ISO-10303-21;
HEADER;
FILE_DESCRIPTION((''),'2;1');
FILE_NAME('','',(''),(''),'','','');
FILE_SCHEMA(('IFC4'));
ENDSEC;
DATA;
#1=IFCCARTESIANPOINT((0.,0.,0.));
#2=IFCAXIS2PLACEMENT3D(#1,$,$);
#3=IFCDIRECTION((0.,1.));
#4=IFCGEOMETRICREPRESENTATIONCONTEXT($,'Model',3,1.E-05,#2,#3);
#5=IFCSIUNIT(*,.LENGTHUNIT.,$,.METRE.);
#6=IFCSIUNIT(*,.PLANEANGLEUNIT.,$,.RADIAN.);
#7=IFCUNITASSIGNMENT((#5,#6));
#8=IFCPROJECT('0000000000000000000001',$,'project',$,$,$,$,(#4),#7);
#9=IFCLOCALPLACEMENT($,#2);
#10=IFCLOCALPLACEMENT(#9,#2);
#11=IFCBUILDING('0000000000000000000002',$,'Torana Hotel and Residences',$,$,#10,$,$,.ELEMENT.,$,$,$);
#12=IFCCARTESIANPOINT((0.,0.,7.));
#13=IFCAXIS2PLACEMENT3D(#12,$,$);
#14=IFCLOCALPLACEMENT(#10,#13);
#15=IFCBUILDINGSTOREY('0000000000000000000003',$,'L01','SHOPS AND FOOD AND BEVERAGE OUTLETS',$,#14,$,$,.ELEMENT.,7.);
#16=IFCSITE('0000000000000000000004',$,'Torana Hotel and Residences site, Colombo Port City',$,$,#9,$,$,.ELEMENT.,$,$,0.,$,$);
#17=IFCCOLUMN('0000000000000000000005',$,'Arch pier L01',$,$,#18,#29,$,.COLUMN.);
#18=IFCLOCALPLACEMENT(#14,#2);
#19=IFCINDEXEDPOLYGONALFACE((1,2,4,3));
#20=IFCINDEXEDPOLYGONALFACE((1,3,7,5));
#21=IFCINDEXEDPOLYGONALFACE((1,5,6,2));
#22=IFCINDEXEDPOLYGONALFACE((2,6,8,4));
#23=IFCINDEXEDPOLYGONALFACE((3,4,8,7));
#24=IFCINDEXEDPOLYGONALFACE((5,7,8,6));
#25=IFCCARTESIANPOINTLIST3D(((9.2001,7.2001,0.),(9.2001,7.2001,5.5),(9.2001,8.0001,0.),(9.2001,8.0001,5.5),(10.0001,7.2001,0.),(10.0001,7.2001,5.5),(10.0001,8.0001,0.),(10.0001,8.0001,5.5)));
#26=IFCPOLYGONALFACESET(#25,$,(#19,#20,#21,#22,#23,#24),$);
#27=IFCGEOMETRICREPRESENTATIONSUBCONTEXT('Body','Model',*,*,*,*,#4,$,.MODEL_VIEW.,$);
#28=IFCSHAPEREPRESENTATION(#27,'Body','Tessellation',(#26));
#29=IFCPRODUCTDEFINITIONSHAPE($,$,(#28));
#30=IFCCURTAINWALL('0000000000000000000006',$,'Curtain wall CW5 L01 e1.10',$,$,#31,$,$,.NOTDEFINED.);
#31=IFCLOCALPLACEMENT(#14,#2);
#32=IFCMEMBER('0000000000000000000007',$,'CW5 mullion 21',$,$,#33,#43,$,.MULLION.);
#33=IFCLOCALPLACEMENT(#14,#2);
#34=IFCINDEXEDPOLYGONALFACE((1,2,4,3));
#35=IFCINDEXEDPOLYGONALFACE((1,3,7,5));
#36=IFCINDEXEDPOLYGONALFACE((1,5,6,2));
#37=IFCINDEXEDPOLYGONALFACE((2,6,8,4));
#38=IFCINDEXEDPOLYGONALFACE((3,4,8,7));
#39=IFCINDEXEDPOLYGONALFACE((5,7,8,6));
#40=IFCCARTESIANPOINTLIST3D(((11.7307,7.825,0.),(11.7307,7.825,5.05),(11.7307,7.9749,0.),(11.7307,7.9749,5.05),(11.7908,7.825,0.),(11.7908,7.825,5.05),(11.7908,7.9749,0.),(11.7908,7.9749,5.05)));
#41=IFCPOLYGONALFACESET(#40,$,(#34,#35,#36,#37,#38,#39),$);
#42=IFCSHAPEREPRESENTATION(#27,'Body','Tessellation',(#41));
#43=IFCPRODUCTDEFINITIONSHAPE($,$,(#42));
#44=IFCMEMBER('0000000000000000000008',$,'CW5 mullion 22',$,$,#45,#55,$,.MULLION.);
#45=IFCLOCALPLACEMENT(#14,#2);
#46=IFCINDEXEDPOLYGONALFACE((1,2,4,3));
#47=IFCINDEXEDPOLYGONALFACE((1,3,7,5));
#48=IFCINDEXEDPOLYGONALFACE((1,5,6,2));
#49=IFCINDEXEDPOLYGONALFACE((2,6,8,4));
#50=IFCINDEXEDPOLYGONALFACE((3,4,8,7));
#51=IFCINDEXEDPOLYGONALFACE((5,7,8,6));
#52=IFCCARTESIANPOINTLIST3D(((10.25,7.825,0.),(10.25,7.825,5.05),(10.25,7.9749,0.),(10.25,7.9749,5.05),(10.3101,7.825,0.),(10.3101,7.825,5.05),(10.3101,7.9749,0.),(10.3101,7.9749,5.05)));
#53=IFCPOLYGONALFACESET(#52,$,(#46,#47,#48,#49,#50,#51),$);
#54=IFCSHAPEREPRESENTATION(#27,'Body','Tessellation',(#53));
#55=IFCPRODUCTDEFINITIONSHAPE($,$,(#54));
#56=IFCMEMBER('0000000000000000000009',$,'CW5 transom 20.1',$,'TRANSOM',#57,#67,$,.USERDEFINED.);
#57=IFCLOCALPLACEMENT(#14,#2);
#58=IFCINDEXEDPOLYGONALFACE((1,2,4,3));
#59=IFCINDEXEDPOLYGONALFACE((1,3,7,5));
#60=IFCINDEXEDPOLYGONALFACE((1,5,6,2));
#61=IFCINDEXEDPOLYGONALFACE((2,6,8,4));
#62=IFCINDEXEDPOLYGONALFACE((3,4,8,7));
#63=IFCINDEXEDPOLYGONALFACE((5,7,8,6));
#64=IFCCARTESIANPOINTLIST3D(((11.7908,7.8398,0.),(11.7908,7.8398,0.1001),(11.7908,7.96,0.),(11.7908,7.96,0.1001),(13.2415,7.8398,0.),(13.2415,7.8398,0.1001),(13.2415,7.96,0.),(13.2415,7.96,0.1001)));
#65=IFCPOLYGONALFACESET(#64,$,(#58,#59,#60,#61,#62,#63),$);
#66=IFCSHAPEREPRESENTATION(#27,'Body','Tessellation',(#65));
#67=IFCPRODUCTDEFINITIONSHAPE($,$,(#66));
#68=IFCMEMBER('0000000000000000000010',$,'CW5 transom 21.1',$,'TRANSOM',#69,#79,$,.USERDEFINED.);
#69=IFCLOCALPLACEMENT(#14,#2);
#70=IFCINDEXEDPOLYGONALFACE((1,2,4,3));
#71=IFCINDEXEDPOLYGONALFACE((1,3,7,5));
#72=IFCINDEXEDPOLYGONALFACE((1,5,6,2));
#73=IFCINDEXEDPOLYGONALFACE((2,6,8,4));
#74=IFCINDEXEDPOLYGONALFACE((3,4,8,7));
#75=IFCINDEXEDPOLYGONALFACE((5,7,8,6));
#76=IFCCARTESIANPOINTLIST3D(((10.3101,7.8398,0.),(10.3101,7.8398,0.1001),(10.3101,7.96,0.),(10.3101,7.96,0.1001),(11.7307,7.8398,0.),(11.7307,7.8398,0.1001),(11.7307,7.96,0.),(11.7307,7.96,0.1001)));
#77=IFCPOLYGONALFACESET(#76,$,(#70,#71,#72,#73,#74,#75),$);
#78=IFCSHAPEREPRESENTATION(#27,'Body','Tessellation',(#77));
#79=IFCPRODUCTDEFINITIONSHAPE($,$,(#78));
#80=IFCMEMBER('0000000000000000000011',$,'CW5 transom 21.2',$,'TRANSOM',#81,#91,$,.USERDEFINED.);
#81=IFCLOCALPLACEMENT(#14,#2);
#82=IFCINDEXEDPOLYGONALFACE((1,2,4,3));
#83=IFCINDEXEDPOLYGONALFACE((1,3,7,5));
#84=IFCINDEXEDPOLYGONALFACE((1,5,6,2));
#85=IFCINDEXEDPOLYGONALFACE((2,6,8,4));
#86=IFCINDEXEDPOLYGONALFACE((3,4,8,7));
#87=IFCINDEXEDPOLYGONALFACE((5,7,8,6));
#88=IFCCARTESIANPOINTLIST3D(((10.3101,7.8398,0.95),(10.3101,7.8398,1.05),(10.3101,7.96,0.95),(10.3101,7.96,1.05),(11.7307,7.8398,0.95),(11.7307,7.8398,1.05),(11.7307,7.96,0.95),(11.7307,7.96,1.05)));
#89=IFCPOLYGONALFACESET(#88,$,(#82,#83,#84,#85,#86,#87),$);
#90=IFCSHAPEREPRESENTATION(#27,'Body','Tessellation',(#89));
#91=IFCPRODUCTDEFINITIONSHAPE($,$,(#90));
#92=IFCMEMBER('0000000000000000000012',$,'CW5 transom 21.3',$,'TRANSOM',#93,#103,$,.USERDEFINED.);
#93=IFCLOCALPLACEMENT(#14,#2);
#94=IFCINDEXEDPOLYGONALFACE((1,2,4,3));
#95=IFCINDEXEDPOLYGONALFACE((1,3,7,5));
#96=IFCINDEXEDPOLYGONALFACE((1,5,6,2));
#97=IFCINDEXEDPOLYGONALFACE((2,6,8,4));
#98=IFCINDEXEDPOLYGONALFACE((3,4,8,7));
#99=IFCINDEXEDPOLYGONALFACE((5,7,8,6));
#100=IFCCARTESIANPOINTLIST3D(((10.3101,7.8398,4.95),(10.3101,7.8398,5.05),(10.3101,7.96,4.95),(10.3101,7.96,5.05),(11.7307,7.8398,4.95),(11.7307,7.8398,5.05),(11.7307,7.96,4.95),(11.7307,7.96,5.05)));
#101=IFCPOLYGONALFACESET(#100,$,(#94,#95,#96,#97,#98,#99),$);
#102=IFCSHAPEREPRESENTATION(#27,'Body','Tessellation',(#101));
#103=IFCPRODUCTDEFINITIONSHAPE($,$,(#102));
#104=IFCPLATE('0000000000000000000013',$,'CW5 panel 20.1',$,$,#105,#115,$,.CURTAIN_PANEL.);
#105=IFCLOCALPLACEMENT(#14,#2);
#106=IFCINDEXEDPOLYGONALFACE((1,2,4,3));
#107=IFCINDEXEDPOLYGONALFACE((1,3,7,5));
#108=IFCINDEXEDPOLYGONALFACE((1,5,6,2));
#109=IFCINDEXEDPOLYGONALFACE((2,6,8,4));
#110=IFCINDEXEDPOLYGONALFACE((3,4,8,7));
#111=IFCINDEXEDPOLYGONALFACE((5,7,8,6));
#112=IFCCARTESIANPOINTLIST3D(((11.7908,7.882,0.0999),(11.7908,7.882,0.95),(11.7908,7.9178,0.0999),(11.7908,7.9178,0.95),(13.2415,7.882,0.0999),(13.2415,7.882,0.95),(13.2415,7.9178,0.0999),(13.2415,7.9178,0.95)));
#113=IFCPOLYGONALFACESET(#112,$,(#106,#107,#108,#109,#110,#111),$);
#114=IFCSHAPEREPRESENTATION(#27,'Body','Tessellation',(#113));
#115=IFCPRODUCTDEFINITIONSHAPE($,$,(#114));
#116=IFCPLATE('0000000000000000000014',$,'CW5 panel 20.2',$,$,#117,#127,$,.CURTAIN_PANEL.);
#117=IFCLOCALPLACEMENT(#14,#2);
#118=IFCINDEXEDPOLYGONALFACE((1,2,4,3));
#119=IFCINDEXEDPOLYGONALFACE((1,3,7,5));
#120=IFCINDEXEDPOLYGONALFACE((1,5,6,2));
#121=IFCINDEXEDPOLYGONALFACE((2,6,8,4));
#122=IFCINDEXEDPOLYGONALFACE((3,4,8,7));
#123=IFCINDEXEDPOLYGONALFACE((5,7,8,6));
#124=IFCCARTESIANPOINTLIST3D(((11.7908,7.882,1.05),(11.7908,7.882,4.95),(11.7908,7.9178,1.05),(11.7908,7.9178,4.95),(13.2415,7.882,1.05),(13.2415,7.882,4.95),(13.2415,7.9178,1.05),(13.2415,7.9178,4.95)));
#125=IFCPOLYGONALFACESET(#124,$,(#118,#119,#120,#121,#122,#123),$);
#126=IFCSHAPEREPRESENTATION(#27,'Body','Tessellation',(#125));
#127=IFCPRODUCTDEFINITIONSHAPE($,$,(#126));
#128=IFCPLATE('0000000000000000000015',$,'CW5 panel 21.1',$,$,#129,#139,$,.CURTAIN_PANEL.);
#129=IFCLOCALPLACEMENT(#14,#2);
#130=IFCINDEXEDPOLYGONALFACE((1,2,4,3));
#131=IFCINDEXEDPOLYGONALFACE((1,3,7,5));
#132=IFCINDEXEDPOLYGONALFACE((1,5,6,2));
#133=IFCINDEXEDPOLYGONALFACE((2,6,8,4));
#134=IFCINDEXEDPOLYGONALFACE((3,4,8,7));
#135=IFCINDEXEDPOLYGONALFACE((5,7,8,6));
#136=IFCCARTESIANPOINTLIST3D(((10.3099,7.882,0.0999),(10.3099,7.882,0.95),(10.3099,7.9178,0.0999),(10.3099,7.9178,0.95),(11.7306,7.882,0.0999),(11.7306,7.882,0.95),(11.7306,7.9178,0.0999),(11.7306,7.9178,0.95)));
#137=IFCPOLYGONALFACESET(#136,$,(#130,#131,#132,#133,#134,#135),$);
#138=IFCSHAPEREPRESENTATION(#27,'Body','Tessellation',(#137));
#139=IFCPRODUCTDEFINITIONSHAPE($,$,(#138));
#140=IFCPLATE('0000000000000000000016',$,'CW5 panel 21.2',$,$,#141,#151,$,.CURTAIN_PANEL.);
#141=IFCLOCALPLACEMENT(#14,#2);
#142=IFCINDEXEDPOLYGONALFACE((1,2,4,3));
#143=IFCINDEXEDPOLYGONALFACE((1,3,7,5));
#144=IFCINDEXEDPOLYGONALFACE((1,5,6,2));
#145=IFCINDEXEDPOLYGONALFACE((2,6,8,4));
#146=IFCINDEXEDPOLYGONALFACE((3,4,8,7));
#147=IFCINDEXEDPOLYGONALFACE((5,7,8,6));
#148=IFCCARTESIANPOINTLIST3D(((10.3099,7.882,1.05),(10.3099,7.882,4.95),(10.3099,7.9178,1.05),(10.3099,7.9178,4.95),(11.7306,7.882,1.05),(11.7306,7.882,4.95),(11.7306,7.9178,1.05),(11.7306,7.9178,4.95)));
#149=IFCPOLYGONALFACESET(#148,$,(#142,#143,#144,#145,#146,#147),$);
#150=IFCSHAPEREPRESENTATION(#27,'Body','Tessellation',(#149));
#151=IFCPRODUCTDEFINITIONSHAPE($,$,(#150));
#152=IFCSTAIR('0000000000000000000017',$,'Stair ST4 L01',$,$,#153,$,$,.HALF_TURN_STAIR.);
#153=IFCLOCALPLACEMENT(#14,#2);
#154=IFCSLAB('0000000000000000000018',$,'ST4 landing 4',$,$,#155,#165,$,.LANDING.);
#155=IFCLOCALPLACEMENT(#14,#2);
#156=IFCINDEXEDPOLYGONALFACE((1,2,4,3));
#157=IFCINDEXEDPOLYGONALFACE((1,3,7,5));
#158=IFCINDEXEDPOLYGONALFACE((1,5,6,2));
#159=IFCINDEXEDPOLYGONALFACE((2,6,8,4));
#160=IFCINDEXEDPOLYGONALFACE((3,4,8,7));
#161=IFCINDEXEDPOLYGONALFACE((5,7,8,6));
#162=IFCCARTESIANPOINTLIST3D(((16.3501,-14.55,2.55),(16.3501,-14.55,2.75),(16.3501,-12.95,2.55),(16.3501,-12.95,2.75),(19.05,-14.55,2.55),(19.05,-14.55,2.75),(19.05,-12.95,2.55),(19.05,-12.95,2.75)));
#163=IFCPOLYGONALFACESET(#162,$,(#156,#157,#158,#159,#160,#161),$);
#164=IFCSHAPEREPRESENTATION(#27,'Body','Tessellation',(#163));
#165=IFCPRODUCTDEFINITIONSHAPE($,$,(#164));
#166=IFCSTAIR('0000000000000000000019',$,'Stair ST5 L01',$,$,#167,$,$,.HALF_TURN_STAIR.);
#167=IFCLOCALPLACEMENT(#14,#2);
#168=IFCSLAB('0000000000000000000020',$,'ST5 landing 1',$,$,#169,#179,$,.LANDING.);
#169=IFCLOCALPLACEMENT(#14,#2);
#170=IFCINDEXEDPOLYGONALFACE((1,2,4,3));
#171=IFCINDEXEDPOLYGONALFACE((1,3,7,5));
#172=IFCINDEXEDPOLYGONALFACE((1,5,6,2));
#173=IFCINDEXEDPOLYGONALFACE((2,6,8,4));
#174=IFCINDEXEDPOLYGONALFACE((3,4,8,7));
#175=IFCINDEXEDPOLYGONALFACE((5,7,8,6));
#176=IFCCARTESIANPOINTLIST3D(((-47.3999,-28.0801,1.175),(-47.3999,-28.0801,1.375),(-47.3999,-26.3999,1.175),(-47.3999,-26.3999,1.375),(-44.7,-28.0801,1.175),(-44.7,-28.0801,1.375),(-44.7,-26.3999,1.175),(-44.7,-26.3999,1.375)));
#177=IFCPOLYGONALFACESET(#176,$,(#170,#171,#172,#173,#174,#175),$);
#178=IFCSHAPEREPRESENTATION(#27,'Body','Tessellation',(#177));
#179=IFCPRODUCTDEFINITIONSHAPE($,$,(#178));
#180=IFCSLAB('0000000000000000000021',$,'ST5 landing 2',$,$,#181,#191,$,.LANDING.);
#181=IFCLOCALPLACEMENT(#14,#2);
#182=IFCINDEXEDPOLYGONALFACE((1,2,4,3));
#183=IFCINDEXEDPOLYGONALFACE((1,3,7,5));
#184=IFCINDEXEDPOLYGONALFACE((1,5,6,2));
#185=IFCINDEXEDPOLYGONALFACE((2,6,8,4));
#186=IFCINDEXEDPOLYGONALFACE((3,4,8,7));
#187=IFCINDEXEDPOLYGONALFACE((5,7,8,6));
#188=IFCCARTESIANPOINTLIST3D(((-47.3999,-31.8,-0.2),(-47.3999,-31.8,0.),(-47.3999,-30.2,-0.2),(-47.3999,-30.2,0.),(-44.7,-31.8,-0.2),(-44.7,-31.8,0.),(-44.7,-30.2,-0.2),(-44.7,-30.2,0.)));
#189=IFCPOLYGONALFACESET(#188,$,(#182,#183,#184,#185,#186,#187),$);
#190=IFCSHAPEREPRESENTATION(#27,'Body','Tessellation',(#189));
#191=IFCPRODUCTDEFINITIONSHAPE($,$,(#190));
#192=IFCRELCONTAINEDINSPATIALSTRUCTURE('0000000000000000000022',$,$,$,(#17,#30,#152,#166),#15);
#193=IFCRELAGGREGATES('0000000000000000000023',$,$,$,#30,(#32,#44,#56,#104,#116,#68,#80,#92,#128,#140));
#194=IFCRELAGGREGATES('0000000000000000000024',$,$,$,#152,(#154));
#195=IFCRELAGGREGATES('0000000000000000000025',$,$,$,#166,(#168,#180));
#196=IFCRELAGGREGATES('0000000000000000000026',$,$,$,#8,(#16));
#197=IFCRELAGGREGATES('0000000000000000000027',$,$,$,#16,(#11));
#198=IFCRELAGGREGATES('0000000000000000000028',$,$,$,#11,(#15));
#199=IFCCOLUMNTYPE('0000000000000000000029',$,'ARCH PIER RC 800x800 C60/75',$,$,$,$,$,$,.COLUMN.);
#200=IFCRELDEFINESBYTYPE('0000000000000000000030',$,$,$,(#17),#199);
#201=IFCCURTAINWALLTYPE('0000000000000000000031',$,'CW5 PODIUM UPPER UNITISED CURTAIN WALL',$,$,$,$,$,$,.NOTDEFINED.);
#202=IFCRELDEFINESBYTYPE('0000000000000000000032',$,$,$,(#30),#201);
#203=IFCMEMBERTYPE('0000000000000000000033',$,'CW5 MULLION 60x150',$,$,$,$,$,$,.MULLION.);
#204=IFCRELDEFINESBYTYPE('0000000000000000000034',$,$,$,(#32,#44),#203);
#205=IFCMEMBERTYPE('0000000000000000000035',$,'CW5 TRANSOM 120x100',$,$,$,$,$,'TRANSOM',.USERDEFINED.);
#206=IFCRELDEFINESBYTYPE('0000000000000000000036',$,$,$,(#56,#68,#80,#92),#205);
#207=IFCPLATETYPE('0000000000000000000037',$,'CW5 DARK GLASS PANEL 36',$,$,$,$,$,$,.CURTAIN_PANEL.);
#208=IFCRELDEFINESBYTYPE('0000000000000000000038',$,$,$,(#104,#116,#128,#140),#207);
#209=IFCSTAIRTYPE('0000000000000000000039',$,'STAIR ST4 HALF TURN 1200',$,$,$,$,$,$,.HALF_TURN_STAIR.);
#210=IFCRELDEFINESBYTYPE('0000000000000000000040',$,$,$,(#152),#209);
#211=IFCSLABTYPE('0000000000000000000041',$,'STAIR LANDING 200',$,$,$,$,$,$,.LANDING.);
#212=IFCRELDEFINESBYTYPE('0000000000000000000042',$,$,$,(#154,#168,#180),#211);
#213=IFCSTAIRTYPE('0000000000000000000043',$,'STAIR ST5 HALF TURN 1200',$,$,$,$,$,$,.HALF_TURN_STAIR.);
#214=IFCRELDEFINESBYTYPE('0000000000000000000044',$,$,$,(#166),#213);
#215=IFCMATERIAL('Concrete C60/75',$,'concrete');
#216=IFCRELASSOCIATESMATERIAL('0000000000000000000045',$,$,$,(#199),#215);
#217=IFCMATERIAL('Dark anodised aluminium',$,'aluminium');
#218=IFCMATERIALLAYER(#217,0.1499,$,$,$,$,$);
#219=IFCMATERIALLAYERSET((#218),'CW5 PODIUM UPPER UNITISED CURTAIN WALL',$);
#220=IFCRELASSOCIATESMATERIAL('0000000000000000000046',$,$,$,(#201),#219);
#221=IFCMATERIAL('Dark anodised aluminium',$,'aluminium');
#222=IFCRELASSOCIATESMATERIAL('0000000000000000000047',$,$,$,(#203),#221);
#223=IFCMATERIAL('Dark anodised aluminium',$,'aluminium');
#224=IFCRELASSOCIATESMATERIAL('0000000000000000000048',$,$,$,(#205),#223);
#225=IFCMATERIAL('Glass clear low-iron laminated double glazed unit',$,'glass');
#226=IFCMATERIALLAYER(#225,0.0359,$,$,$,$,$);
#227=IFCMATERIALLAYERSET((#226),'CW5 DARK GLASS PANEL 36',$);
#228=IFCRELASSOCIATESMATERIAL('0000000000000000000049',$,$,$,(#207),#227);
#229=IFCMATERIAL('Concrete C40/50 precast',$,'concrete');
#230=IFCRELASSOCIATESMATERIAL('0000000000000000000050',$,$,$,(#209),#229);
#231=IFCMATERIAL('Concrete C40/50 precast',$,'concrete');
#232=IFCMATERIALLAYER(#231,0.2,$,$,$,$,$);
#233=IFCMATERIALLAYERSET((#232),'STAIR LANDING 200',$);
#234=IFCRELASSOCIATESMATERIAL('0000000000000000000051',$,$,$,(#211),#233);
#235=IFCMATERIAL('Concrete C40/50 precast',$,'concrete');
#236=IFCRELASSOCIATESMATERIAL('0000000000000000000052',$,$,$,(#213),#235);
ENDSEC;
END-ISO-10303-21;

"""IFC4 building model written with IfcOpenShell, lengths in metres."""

from ifc_helpers import new_model, si_unit, direction, frame, origin, origin_2d, place, context, subcontext, project, spatial, polyline, rectangle, outline, extrude, material, layer, layer_set, material_profile, profile_set, type_object, element, aggregate, save


model = new_model("IFC4")

# Units and contexts
model_context = context("Model", 3, precision=1e-05, world=origin(), true_north=direction((0.0, 1.0)))
body_context = subcontext(model_context, "Body", "Model", "MODEL_VIEW")
ifc_project = project(units=[si_unit("LENGTHUNIT", "METRE"), si_unit("PLANEANGLEUNIT", "RADIAN")], contexts=[model_context])

# Site, building, storey
site_placement = place(None, origin())
site = spatial("IfcSite", under=ifc_project, at=site_placement, Name="Torana Hotel and Residences site, Colombo Port City", CompositionType="ELEMENT", RefElevation=0.0)
building_placement = place(site_placement, origin())
building = spatial("IfcBuilding", under=site, at=building_placement, Name="Torana Hotel and Residences", CompositionType="ELEMENT")
storey_placement = place(building_placement, frame((0.0, 0.0, 7.0)))
storey = spatial("IfcBuildingStorey", under=building, at=storey_placement, Name="L01", Description="SHOPS AND FOOD AND BEVERAGE OUTLETS", CompositionType="ELEMENT", Elevation=7.0)

# Column
ifc_material_1 = material(Name="Concrete C60/75", Category="concrete")
ifc_material_profile_1 = material_profile(ifc_material_1, rectangle(XDim=0.8, YDim=0.8, at=origin_2d()), Name="RC 800x800")
ifc_profile_set_1 = profile_set([ifc_material_profile_1], Name="Concrete C60/75")
column_type = type_object("IfcColumnType", Name="ARCH PIER RC 800x800 C60/75", PredefinedType="COLUMN", material=ifc_profile_set_1)
column_placement = place(storey_placement, frame((9.6001, 7.6001, 0.0), z_axis=(0.0, 0.0, 1.0), x_axis=(1.0, 0.0, 0.0)))
element("IfcColumn", 1, at=column_placement, inside=storey, type_object=column_type, Name="Arch pier L01", PredefinedType="COLUMN", context=body_context, shape_type="SweptSolid", body=[
    extrude(rectangle(XDim=0.8, YDim=0.8, at=origin_2d()), origin(), (0.0, 0.0, 1.0), 5.5),
])

# Curtain wall, members, plates
ifc_material_2 = material(Name="Dark anodised aluminium", Category="aluminium")
ifc_layer_1 = layer(ifc_material_2, 0.1499)
ifc_layer_set_1 = layer_set([ifc_layer_1], Name="CW5 PODIUM UPPER UNITISED CURTAIN WALL")
curtain_wall_type = type_object("IfcCurtainWallType", Name="CW5 PODIUM UPPER UNITISED CURTAIN WALL", PredefinedType="NOTDEFINED", material=ifc_layer_set_1)
curtain_wall_placement = place(storey_placement, origin())
curtain_wall = element("IfcCurtainWall", 2, at=curtain_wall_placement, inside=storey, type_object=curtain_wall_type, Name="Curtain wall CW5 L01 e1.10", PredefinedType="NOTDEFINED")
ifc_material_3 = material(Name="Dark anodised aluminium", Category="aluminium")
ifc_material_profile_2 = material_profile(ifc_material_3, rectangle(XDim=0.1499, YDim=0.0601, at=origin_2d()), Name="CW5 MULLION 60x150")
ifc_profile_set_2 = profile_set([ifc_material_profile_2], Name="Dark anodised aluminium")
member_type_1 = type_object("IfcMemberType", Name="CW5 MULLION 60x150", PredefinedType="MULLION", material=ifc_profile_set_2)
member_1_placement = place(storey_placement, frame((11.7607, 7.8999, 0.0), z_axis=(0.0, 0.0, 1.0), x_axis=(0.0, -1.0, 0.0)))
member_1 = element("IfcMember", 3, at=member_1_placement, type_object=member_type_1, Name="CW5 mullion 21", PredefinedType="MULLION", context=body_context, shape_type="SweptSolid", body=[
    extrude(rectangle(XDim=0.1499, YDim=0.0601, at=origin_2d()), origin(), (0.0, 0.0, 1.0), 5.05),
])
member_2_placement = place(storey_placement, frame((10.28, 7.8999, 0.0), z_axis=(0.0, 0.0, 1.0), x_axis=(0.0, -1.0, 0.0)))
member_2 = element("IfcMember", 4, at=member_2_placement, type_object=member_type_1, Name="CW5 mullion 22", PredefinedType="MULLION", context=body_context, shape_type="SweptSolid", body=[
    extrude(rectangle(XDim=0.1499, YDim=0.0601, at=origin_2d()), origin(), (0.0, 0.0, 1.0), 5.05),
])
ifc_material_4 = material(Name="Dark anodised aluminium", Category="aluminium")
ifc_material_profile_3 = material_profile(ifc_material_4, rectangle(XDim=0.1201, YDim=0.1001, at=origin_2d()), Name="CW5 TRANSOM 120x100")
ifc_profile_set_3 = profile_set([ifc_material_profile_3], Name="Dark anodised aluminium")
member_type_2 = type_object("IfcMemberType", Name="CW5 TRANSOM 120x100", ElementType="TRANSOM", PredefinedType="USERDEFINED", material=ifc_profile_set_3)
member_3_placement = place(storey_placement, frame((13.2415, 7.8999, 0.05), z_axis=(-1.0, 0.0, 0.0), x_axis=(0.0, -1.0, 0.0)))
member_3 = element("IfcMember", 5, at=member_3_placement, type_object=member_type_2, Name="CW5 transom 20.1", ObjectType="TRANSOM", PredefinedType="USERDEFINED", context=body_context, shape_type="SweptSolid", body=[
    extrude(rectangle(XDim=0.1201, YDim=0.1001, at=origin_2d()), origin(), (0.0, 0.0, 1.0), 1.4507),
])
member_4_placement = place(storey_placement, frame((11.7307, 7.8999, 0.05), z_axis=(-1.0, 0.0, 0.0), x_axis=(0.0, -1.0, 0.0)))
member_4 = element("IfcMember", 6, at=member_4_placement, type_object=member_type_2, Name="CW5 transom 21.1", ObjectType="TRANSOM", PredefinedType="USERDEFINED", context=body_context, shape_type="SweptSolid", body=[
    extrude(rectangle(XDim=0.1201, YDim=0.1001, at=origin_2d()), origin(), (0.0, 0.0, 1.0), 1.4207),
])
member_5_placement = place(storey_placement, frame((11.7307, 7.8999, 1.0), z_axis=(-1.0, 0.0, 0.0), x_axis=(0.0, -1.0, 0.0)))
member_5 = element("IfcMember", 7, at=member_5_placement, type_object=member_type_2, Name="CW5 transom 21.2", ObjectType="TRANSOM", PredefinedType="USERDEFINED", context=body_context, shape_type="SweptSolid", body=[
    extrude(rectangle(XDim=0.1201, YDim=0.1001, at=origin_2d()), origin(), (0.0, 0.0, 1.0), 1.4207),
])
member_6_placement = place(storey_placement, frame((11.7307, 7.8999, 5.0), z_axis=(-1.0, 0.0, 0.0), x_axis=(0.0, -1.0, 0.0)))
member_6 = element("IfcMember", 8, at=member_6_placement, type_object=member_type_2, Name="CW5 transom 21.3", ObjectType="TRANSOM", PredefinedType="USERDEFINED", context=body_context, shape_type="SweptSolid", body=[
    extrude(rectangle(XDim=0.1201, YDim=0.1001, at=origin_2d()), origin(), (0.0, 0.0, 1.0), 1.4207),
])
ifc_material_5 = material(Name="Glass clear low-iron laminated double glazed unit", Category="glass")
ifc_layer_2 = layer(ifc_material_5, 0.0359)
ifc_layer_set_2 = layer_set([ifc_layer_2], Name="CW5 DARK GLASS PANEL 36")
plate_type = type_object("IfcPlateType", Name="CW5 DARK GLASS PANEL 36", PredefinedType="CURTAIN_PANEL", material=ifc_layer_set_2)
plate_1_placement = place(storey_placement, frame((12.5161, 7.8999, 0.0999), z_axis=(0.0, 0.0, 1.0), x_axis=(-1.0, 0.0, 0.0)))
plate_1 = element("IfcPlate", 9, at=plate_1_placement, type_object=plate_type, Name="CW5 panel 20.1", PredefinedType="CURTAIN_PANEL", context=body_context, shape_type="SweptSolid", body=[
    extrude(rectangle(XDim=1.4507, YDim=0.0359, at=origin_2d()), origin(), (0.0, 0.0, 1.0), 0.8501),
])
plate_2_placement = place(storey_placement, frame((12.5161, 7.8999, 1.05), z_axis=(0.0, 0.0, 1.0), x_axis=(-1.0, 0.0, 0.0)))
plate_2 = element("IfcPlate", 10, at=plate_2_placement, type_object=plate_type, Name="CW5 panel 20.2", PredefinedType="CURTAIN_PANEL", context=body_context, shape_type="SweptSolid", body=[
    extrude(rectangle(XDim=1.4507, YDim=0.0359, at=origin_2d()), origin(), (0.0, 0.0, 1.0), 3.8999),
])
plate_3_placement = place(storey_placement, frame((11.0203, 7.8999, 0.0999), z_axis=(0.0, 0.0, 1.0), x_axis=(-1.0, 0.0, 0.0)))
plate_3 = element("IfcPlate", 11, at=plate_3_placement, type_object=plate_type, Name="CW5 panel 21.1", PredefinedType="CURTAIN_PANEL", context=body_context, shape_type="SweptSolid", body=[
    extrude(rectangle(XDim=1.4207, YDim=0.0359, at=origin_2d()), origin(), (0.0, 0.0, 1.0), 0.8501),
])
plate_4_placement = place(storey_placement, frame((11.0203, 7.8999, 1.05), z_axis=(0.0, 0.0, 1.0), x_axis=(-1.0, 0.0, 0.0)))
plate_4 = element("IfcPlate", 12, at=plate_4_placement, type_object=plate_type, Name="CW5 panel 21.2", PredefinedType="CURTAIN_PANEL", context=body_context, shape_type="SweptSolid", body=[
    extrude(rectangle(XDim=1.4207, YDim=0.0359, at=origin_2d()), origin(), (0.0, 0.0, 1.0), 3.8999),
])
aggregate(curtain_wall, [member_1, member_2, member_3, plate_1, plate_2, member_4, member_5, member_6, plate_3, plate_4])

# Stair, slab
ifc_material_6 = material(Name="Concrete C40/50 precast", Category="concrete")
stair_type_1 = type_object("IfcStairType", Name="STAIR ST4 HALF TURN 1200", PredefinedType="HALF_TURN_STAIR", material=ifc_material_6)
stair_1_placement = place(storey_placement, origin())
stair_1 = element("IfcStair", 13, at=stair_1_placement, inside=storey, type_object=stair_type_1, Name="Stair ST4 L01", PredefinedType="HALF_TURN_STAIR")
ifc_material_7 = material(Name="Concrete C40/50 precast", Category="concrete")
ifc_layer_3 = layer(ifc_material_7, 0.2)
ifc_layer_set_3 = layer_set([ifc_layer_3], Name="STAIR LANDING 200")
slab_type = type_object("IfcSlabType", Name="STAIR LANDING 200", PredefinedType="LANDING", material=ifc_layer_set_3)
slab_1_placement = place(storey_placement, frame((0.0, 0.0, 2.55)))
slab_1 = element("IfcSlab", 14, at=slab_1_placement, type_object=slab_type, Name="ST4 landing 4", PredefinedType="LANDING", context=body_context, shape_type="SweptSolid", body=[
    extrude(outline(polyline([(16.3501, -14.55), (19.05, -14.55), (19.05, -12.95), (16.3501, -12.95), (16.3501, -14.55)])), origin(), (0.0, 0.0, 1.0), 0.2),
])
aggregate(stair_1, [slab_1])

# Stair, slabs
ifc_material_8 = material(Name="Concrete C40/50 precast", Category="concrete")
stair_type_2 = type_object("IfcStairType", Name="STAIR ST5 HALF TURN 1200", PredefinedType="HALF_TURN_STAIR", material=ifc_material_8)
stair_2_placement = place(storey_placement, origin())
stair_2 = element("IfcStair", 15, at=stair_2_placement, inside=storey, type_object=stair_type_2, Name="Stair ST5 L01", PredefinedType="HALF_TURN_STAIR")
slab_2_placement = place(storey_placement, frame((0.0, 0.0, 1.175)))
slab_2 = element("IfcSlab", 16, at=slab_2_placement, type_object=slab_type, Name="ST5 landing 1", PredefinedType="LANDING", context=body_context, shape_type="SweptSolid", body=[
    extrude(outline(polyline([(-47.3999, -28.0801), (-44.7, -28.0801), (-44.7, -26.3999), (-47.3999, -26.3999), (-47.3999, -28.0801)])), origin(), (0.0, 0.0, 1.0), 0.2),
])
slab_3_placement = place(storey_placement, frame((0.0, 0.0, -0.2)))
slab_3 = element("IfcSlab", 17, at=slab_3_placement, type_object=slab_type, Name="ST5 landing 2", PredefinedType="LANDING", context=body_context, shape_type="SweptSolid", body=[
    extrude(outline(polyline([(-47.3999, -31.8), (-44.7, -31.8), (-44.7, -30.2), (-47.3999, -30.2), (-47.3999, -31.8)])), origin(), (0.0, 0.0, 1.0), 0.2),
])
aggregate(stair_2, [slab_2, slab_3])

save(model, "model.ifc")
